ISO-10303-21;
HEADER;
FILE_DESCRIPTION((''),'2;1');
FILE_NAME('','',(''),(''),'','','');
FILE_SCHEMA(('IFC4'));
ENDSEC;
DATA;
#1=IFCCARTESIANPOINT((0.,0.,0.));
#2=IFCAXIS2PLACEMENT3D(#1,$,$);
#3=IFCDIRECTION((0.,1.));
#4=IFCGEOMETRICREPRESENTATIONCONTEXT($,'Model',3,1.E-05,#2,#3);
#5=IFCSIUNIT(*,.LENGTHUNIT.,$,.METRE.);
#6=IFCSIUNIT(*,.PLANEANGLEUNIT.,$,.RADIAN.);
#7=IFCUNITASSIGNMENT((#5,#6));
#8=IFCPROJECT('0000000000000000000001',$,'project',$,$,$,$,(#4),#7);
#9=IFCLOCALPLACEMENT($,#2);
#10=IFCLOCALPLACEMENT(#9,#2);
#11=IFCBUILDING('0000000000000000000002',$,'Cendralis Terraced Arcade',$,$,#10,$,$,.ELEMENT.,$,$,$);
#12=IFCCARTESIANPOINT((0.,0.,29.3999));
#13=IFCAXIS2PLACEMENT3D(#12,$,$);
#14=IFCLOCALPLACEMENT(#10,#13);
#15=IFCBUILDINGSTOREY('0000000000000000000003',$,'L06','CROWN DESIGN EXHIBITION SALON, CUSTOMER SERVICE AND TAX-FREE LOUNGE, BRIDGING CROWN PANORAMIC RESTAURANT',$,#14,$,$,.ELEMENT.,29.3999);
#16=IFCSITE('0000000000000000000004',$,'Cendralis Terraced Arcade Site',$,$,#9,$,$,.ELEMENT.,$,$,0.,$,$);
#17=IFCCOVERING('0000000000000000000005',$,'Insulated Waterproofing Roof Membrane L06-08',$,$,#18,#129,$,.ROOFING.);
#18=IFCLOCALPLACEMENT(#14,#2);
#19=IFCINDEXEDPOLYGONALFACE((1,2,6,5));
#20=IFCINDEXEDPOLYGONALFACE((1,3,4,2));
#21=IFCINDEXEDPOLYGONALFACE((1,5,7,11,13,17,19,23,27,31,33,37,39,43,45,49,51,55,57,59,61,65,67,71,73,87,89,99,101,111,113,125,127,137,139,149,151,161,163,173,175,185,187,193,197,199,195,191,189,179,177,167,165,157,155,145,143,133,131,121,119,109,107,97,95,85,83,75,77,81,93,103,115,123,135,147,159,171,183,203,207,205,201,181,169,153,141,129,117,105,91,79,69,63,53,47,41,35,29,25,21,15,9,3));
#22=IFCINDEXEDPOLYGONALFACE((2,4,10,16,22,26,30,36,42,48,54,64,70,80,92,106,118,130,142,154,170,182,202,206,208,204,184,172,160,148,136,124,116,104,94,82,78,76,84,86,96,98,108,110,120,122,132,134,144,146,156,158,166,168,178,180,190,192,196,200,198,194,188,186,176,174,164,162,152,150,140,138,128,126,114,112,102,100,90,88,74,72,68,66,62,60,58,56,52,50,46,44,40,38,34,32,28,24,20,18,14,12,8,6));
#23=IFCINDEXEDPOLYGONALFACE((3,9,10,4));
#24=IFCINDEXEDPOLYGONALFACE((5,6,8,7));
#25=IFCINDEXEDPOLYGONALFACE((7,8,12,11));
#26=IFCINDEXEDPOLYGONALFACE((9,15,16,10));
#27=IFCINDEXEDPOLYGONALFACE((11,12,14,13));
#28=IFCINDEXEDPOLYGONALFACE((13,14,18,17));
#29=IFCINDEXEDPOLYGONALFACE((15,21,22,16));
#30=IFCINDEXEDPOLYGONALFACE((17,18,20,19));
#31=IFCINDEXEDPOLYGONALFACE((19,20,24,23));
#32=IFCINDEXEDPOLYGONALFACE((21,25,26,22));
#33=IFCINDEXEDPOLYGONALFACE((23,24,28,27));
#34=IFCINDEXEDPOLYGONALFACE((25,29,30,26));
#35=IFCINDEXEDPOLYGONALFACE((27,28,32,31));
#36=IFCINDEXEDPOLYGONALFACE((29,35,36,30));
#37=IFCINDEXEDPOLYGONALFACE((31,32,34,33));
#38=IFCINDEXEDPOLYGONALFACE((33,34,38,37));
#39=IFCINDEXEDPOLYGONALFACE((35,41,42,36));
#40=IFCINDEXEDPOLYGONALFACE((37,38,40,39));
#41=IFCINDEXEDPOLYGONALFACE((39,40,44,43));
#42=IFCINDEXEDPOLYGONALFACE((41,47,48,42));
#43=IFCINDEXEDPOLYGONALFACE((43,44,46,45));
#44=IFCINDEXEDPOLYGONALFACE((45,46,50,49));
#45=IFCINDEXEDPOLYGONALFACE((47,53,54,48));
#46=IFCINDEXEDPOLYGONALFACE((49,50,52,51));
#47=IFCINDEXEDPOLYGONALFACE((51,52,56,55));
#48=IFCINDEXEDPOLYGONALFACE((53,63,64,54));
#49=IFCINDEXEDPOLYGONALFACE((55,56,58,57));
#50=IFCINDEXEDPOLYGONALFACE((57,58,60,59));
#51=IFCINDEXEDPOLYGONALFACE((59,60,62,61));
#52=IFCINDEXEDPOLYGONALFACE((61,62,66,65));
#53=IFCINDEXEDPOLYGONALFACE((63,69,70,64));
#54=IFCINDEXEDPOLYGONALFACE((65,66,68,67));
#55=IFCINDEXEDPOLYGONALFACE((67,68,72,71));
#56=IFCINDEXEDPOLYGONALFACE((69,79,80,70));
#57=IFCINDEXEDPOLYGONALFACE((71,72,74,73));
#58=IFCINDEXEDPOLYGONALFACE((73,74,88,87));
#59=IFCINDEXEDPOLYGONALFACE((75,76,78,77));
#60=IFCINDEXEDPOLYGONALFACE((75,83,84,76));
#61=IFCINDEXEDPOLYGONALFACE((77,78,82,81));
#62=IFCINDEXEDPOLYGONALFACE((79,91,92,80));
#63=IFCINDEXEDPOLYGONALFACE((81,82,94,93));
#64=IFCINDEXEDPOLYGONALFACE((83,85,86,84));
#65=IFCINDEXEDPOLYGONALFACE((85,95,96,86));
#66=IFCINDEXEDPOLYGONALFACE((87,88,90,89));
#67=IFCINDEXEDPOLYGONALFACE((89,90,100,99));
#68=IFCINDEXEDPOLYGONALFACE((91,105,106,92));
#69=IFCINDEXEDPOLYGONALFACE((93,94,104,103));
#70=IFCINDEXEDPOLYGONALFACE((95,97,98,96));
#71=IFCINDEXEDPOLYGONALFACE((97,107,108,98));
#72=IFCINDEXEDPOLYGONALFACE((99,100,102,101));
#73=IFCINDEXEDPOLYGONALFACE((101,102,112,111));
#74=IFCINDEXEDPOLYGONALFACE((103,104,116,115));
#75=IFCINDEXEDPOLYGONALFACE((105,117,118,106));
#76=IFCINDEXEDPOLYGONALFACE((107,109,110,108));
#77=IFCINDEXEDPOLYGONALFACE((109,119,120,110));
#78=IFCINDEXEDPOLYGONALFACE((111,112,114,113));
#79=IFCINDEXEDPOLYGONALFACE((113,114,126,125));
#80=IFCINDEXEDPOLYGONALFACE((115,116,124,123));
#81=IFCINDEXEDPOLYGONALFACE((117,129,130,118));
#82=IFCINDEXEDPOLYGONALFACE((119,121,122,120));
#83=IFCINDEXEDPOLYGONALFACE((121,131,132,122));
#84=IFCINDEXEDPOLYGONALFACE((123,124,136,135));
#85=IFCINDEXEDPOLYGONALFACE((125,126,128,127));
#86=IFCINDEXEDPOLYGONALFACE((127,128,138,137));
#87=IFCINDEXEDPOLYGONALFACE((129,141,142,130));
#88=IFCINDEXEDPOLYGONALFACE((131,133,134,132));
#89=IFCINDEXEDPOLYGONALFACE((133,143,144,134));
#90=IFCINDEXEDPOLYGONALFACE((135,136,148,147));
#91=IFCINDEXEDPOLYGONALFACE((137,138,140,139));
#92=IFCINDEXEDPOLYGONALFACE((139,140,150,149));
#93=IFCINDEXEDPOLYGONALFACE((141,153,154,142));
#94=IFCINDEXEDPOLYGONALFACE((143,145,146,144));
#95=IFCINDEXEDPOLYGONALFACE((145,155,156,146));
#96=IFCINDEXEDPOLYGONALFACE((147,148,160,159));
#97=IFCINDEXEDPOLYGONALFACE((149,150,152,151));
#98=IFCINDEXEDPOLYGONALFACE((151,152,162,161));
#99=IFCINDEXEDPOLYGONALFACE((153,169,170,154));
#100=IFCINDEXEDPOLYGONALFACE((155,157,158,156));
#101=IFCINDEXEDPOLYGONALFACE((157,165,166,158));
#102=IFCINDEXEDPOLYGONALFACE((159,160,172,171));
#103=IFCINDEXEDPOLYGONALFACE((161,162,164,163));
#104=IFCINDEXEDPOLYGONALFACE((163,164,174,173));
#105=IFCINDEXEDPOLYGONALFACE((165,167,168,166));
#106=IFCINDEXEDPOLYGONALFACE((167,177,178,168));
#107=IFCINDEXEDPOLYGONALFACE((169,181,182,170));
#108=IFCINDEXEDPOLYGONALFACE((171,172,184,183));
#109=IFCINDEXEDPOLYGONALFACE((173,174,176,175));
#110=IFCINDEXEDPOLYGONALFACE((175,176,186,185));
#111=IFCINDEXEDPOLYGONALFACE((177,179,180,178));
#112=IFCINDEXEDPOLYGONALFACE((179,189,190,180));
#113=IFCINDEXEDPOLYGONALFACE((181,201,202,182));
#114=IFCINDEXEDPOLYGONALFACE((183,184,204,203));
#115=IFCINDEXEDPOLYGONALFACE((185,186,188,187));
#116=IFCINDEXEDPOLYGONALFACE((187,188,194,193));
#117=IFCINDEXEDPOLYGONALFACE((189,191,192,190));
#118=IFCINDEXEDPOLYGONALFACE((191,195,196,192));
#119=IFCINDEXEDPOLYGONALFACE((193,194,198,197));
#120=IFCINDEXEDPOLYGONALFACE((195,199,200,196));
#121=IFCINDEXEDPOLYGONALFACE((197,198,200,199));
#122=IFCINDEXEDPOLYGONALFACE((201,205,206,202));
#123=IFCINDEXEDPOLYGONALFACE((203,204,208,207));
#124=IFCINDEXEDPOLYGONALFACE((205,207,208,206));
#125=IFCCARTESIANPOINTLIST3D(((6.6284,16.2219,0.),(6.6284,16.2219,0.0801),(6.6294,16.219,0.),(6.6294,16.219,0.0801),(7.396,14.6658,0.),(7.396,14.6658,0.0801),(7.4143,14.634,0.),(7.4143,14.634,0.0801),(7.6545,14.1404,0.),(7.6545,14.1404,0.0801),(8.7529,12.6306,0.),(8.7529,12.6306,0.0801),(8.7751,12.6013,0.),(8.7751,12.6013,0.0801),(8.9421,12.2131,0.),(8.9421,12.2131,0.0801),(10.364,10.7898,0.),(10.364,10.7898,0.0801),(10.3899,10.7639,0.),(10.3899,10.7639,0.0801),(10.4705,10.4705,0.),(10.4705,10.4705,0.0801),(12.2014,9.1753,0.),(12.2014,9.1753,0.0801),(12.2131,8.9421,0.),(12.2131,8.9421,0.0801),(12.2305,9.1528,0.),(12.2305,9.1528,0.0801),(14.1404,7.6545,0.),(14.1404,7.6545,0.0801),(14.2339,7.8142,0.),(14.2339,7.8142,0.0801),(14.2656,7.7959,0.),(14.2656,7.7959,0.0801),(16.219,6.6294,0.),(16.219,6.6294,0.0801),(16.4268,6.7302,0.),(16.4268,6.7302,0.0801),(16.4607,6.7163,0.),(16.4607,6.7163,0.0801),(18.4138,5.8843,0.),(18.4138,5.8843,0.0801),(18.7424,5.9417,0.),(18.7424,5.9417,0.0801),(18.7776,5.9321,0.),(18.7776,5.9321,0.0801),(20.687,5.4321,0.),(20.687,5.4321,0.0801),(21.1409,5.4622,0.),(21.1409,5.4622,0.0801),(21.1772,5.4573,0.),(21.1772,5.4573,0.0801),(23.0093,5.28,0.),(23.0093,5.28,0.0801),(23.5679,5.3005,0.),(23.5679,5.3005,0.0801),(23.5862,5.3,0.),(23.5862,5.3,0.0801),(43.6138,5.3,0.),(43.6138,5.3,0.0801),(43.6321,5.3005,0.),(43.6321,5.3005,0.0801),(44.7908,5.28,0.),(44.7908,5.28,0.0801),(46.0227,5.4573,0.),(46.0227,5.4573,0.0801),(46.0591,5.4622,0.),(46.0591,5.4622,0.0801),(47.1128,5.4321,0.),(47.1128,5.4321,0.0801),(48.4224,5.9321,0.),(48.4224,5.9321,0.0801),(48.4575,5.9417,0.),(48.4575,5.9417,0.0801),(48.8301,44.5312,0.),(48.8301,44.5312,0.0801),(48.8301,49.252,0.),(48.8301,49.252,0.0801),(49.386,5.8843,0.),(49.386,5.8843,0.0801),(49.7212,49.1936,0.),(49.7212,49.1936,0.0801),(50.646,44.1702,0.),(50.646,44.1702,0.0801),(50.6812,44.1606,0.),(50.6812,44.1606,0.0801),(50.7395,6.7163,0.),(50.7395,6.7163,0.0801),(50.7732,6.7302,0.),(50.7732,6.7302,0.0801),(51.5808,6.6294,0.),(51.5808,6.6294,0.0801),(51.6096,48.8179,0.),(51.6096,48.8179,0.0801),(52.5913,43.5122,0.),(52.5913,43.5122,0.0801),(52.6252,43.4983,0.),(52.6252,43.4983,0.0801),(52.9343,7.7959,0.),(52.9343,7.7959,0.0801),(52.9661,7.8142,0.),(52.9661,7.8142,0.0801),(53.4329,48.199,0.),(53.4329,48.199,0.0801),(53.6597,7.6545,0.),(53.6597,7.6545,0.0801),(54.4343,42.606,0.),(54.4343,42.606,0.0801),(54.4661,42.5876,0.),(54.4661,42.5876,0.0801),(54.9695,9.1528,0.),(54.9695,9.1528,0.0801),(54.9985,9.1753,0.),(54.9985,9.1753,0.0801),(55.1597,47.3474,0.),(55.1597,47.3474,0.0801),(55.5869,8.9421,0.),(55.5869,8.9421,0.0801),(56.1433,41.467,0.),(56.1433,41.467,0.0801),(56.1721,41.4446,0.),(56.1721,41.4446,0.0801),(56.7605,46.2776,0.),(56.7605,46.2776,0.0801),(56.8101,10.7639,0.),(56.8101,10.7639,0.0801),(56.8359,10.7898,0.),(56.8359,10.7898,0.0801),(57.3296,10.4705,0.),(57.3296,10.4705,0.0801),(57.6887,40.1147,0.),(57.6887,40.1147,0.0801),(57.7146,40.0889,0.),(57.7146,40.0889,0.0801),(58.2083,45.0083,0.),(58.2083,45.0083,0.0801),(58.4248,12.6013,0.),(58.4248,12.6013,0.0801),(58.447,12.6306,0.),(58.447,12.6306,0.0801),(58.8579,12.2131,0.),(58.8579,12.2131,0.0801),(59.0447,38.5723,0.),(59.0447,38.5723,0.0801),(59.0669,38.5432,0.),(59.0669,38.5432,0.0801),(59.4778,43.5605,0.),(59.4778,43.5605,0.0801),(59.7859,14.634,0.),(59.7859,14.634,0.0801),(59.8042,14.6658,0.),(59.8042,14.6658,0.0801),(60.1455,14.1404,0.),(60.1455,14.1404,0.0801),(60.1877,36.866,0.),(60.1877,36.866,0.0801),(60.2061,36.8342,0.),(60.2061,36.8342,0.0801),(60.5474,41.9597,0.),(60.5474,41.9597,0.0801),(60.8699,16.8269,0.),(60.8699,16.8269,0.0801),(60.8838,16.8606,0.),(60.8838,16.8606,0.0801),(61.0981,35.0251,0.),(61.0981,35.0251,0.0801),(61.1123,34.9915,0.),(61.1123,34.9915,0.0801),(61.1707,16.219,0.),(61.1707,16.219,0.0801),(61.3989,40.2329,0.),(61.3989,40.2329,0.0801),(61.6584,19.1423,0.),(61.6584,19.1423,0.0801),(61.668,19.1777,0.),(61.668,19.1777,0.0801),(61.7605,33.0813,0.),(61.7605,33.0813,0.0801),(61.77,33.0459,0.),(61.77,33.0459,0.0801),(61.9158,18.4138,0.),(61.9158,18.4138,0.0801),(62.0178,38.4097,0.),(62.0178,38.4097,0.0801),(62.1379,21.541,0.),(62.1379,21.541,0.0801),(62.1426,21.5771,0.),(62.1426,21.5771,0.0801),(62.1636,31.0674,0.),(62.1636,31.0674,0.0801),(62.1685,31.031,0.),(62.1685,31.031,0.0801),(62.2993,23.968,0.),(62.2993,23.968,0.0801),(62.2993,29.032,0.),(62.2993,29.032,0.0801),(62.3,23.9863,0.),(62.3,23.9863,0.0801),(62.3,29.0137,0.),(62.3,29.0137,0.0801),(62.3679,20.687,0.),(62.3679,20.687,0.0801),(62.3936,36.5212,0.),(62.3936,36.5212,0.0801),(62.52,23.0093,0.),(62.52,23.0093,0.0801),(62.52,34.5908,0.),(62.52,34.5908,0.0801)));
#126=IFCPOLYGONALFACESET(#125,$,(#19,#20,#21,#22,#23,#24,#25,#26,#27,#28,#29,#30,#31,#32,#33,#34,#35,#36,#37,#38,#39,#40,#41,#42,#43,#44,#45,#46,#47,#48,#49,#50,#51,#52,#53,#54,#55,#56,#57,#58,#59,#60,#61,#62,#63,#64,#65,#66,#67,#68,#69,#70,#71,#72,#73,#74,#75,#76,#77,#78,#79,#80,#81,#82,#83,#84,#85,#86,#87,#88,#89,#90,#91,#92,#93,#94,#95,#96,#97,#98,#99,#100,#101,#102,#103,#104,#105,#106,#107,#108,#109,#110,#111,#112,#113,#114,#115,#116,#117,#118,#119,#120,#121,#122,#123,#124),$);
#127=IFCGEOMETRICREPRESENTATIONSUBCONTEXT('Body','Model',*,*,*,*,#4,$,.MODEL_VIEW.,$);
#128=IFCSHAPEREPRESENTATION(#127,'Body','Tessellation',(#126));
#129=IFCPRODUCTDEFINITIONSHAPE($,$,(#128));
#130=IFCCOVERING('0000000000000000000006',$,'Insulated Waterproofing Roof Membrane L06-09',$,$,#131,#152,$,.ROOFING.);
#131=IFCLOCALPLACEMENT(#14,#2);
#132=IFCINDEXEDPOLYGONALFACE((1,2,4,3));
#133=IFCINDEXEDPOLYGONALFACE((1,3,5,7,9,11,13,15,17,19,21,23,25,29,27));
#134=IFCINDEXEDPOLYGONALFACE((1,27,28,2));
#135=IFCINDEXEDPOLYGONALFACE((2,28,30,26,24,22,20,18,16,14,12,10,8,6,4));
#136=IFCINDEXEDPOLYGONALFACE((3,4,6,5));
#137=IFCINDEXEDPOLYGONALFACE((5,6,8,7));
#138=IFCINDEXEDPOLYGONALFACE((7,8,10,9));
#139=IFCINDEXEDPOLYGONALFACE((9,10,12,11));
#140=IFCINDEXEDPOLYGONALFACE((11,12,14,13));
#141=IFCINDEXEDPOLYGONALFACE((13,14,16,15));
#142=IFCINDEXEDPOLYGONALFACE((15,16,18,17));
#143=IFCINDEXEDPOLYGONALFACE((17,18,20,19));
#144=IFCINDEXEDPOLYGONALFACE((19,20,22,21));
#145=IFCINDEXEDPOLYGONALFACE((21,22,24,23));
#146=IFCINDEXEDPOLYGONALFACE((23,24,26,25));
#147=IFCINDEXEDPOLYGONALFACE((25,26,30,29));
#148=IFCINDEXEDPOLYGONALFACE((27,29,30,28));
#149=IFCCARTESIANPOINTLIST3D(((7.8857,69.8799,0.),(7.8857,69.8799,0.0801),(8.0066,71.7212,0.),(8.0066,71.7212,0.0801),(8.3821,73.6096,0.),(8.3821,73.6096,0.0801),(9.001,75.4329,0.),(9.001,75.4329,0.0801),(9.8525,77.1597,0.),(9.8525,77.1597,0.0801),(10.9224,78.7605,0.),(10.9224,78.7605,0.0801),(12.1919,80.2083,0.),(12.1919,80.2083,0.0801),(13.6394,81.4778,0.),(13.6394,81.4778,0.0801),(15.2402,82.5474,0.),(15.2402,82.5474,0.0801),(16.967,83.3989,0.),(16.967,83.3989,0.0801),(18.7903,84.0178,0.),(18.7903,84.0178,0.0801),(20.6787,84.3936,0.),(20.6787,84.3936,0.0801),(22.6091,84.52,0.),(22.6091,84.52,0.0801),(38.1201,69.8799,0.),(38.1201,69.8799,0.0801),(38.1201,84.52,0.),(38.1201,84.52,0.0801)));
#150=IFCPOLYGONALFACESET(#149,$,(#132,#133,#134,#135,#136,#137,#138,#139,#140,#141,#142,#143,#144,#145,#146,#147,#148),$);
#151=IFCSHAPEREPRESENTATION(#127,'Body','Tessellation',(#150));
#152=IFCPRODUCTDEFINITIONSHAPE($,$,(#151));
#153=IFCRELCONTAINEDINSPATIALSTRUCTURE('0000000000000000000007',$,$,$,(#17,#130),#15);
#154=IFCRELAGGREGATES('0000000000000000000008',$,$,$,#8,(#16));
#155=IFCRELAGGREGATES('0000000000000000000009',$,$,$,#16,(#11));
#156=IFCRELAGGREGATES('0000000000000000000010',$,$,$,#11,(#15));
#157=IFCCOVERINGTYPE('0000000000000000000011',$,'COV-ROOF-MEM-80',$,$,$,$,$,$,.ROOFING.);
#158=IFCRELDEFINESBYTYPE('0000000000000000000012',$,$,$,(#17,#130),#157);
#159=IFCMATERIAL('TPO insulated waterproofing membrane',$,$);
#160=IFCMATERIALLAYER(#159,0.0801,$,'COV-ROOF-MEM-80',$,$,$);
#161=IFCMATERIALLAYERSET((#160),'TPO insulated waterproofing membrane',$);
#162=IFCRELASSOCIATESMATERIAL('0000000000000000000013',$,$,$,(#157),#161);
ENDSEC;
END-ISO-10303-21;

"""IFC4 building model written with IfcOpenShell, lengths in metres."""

from ifc_helpers import new_model, si_unit, direction, frame, origin, place, context, subcontext, project, spatial, polyline, outline, extrude, material, layer, layer_set, type_object, element, save


model = new_model("IFC4")

# Units and contexts
model_context = context("Model", 3, precision=1e-05, world=origin(), true_north=direction((0.0, 1.0)))
body_context = subcontext(model_context, "Body", "Model", "MODEL_VIEW")
ifc_project = project(units=[si_unit("LENGTHUNIT", "METRE"), si_unit("PLANEANGLEUNIT", "RADIAN")], contexts=[model_context])

# Site, building, storey
site_placement = place(None, origin())
site = spatial("IfcSite", under=ifc_project, at=site_placement, Name="Cendralis Terraced Arcade Site", CompositionType="ELEMENT", RefElevation=0.0)
building_placement = place(site_placement, origin())
building = spatial("IfcBuilding", under=site, at=building_placement, Name="Cendralis Terraced Arcade", CompositionType="ELEMENT")
storey_placement = place(building_placement, frame((0.0, 0.0, 29.3999)))
storey = spatial("IfcBuildingStorey", under=building, at=storey_placement, Name="L06", Description="CROWN DESIGN EXHIBITION SALON, CUSTOMER SERVICE AND TAX-FREE LOUNGE, BRIDGING CROWN PANORAMIC RESTAURANT", CompositionType="ELEMENT", Elevation=29.3999)

# Coverings
ifc_material_1 = material(Name="TPO insulated waterproofing membrane")
ifc_layer_1 = layer(ifc_material_1, 0.0801, Name="COV-ROOF-MEM-80")
ifc_layer_set_1 = layer_set([ifc_layer_1], Name="TPO insulated waterproofing membrane")
covering_type_1 = type_object("IfcCoveringType", Name="COV-ROOF-MEM-80", PredefinedType="ROOFING", material=ifc_layer_set_1)
covering_1_placement = place(storey_placement, origin())
element("IfcCovering", 1, at=covering_1_placement, inside=storey, type_object=covering_type_1, Name="Insulated Waterproofing Roof Membrane L06-08", PredefinedType="ROOFING", context=body_context, shape_type="SweptSolid", body=[
    extrude(outline(polyline([(6.6284, 16.2219), (7.396, 14.6658), (7.4143, 14.634), (8.7529, 12.6306), (8.7751, 12.6013), (10.364, 10.7898), (10.3899, 10.7639), (12.2014, 9.1753), (12.2305, 9.1528), (14.2339, 7.8142), (14.2656, 7.7959), (16.4268, 6.7302), (16.4607, 6.7163), (18.7424, 5.9417), (18.7776, 5.9321), (21.1409, 5.4622), (21.1772, 5.4573), (23.5679, 5.3005), (23.5862, 5.3), (43.6138, 5.3), (43.6321, 5.3005), (46.0227, 5.4573), (46.0591, 5.4622), (48.4224, 5.9321), (48.4575, 5.9417), (50.7395, 6.7163), (50.7732, 6.7302), (52.9343, 7.7959), (52.9661, 7.8142), (54.9695, 9.1528), (54.9985, 9.1753), (56.8101, 10.7639), (56.8359, 10.7898), (58.4248, 12.6013), (58.447, 12.6306), (59.7859, 14.634), (59.8042, 14.6658), (60.8699, 16.8269), (60.8838, 16.8606), (61.6584, 19.1423), (61.668, 19.1777), (62.1379, 21.541), (62.1426, 21.5771), (62.2993, 23.968), (62.3, 23.9863), (62.3, 29.0137), (62.2993, 29.032), (62.1685, 31.031), (62.1636, 31.0674), (61.77, 33.0459), (61.7605, 33.0813), (61.1123, 34.9915), (61.0981, 35.0251), (60.2061, 36.8342), (60.1877, 36.866), (59.0669, 38.5432), (59.0447, 38.5723), (57.7146, 40.0889), (57.6887, 40.1147), (56.1721, 41.4446), (56.1433, 41.467), (54.4661, 42.5876), (54.4343, 42.606), (52.6252, 43.4983), (52.5913, 43.5122), (50.6812, 44.1606), (50.646, 44.1702), (48.8301, 44.5312), (48.8301, 49.252), (49.7212, 49.1936), (51.6096, 48.8179), (53.4329, 48.199), (55.1597, 47.3474), (56.7605, 46.2776), (58.2083, 45.0083), (59.4778, 43.5605), (60.5474, 41.9597), (61.3989, 40.2329), (62.0178, 38.4097), (62.3936, 36.5212), (62.52, 34.5908), (62.52, 23.0093), (62.3679, 20.687), (61.9158, 18.4138), (61.1707, 16.219), (60.1455, 14.1404), (58.8579, 12.2131), (57.3296, 10.4705), (55.5869, 8.9421), (53.6597, 7.6545), (51.5808, 6.6294), (49.386, 5.8843), (47.1128, 5.4321), (44.7908, 5.28), (23.0093, 5.28), (20.687, 5.4321), (18.4138, 5.8843), (16.219, 6.6294), (14.1404, 7.6545), (12.2131, 8.9421), (10.4705, 10.4705), (8.9421, 12.2131), (7.6545, 14.1404), (6.6294, 16.219), (6.6284, 16.2219)])), origin(), (0.0, 0.0, 1.0), 0.0801),
])
covering_2_placement = place(storey_placement, origin())
element("IfcCovering", 2, at=covering_2_placement, inside=storey, type_object=covering_type_1, Name="Insulated Waterproofing Roof Membrane L06-09", PredefinedType="ROOFING", context=body_context, shape_type="SweptSolid", body=[
    extrude(outline(polyline([(7.8857, 69.8799), (8.0066, 71.7212), (8.3821, 73.6096), (9.001, 75.4329), (9.8525, 77.1597), (10.9224, 78.7605), (12.1919, 80.2083), (13.6394, 81.4778), (15.2402, 82.5474), (16.967, 83.3989), (18.7903, 84.0178), (20.6787, 84.3936), (22.6091, 84.52), (38.1201, 84.52), (38.1201, 69.8799), (7.8857, 69.8799)])), origin(), (0.0, 0.0, 1.0), 0.0801),
])

save(model, "model.ifc")
